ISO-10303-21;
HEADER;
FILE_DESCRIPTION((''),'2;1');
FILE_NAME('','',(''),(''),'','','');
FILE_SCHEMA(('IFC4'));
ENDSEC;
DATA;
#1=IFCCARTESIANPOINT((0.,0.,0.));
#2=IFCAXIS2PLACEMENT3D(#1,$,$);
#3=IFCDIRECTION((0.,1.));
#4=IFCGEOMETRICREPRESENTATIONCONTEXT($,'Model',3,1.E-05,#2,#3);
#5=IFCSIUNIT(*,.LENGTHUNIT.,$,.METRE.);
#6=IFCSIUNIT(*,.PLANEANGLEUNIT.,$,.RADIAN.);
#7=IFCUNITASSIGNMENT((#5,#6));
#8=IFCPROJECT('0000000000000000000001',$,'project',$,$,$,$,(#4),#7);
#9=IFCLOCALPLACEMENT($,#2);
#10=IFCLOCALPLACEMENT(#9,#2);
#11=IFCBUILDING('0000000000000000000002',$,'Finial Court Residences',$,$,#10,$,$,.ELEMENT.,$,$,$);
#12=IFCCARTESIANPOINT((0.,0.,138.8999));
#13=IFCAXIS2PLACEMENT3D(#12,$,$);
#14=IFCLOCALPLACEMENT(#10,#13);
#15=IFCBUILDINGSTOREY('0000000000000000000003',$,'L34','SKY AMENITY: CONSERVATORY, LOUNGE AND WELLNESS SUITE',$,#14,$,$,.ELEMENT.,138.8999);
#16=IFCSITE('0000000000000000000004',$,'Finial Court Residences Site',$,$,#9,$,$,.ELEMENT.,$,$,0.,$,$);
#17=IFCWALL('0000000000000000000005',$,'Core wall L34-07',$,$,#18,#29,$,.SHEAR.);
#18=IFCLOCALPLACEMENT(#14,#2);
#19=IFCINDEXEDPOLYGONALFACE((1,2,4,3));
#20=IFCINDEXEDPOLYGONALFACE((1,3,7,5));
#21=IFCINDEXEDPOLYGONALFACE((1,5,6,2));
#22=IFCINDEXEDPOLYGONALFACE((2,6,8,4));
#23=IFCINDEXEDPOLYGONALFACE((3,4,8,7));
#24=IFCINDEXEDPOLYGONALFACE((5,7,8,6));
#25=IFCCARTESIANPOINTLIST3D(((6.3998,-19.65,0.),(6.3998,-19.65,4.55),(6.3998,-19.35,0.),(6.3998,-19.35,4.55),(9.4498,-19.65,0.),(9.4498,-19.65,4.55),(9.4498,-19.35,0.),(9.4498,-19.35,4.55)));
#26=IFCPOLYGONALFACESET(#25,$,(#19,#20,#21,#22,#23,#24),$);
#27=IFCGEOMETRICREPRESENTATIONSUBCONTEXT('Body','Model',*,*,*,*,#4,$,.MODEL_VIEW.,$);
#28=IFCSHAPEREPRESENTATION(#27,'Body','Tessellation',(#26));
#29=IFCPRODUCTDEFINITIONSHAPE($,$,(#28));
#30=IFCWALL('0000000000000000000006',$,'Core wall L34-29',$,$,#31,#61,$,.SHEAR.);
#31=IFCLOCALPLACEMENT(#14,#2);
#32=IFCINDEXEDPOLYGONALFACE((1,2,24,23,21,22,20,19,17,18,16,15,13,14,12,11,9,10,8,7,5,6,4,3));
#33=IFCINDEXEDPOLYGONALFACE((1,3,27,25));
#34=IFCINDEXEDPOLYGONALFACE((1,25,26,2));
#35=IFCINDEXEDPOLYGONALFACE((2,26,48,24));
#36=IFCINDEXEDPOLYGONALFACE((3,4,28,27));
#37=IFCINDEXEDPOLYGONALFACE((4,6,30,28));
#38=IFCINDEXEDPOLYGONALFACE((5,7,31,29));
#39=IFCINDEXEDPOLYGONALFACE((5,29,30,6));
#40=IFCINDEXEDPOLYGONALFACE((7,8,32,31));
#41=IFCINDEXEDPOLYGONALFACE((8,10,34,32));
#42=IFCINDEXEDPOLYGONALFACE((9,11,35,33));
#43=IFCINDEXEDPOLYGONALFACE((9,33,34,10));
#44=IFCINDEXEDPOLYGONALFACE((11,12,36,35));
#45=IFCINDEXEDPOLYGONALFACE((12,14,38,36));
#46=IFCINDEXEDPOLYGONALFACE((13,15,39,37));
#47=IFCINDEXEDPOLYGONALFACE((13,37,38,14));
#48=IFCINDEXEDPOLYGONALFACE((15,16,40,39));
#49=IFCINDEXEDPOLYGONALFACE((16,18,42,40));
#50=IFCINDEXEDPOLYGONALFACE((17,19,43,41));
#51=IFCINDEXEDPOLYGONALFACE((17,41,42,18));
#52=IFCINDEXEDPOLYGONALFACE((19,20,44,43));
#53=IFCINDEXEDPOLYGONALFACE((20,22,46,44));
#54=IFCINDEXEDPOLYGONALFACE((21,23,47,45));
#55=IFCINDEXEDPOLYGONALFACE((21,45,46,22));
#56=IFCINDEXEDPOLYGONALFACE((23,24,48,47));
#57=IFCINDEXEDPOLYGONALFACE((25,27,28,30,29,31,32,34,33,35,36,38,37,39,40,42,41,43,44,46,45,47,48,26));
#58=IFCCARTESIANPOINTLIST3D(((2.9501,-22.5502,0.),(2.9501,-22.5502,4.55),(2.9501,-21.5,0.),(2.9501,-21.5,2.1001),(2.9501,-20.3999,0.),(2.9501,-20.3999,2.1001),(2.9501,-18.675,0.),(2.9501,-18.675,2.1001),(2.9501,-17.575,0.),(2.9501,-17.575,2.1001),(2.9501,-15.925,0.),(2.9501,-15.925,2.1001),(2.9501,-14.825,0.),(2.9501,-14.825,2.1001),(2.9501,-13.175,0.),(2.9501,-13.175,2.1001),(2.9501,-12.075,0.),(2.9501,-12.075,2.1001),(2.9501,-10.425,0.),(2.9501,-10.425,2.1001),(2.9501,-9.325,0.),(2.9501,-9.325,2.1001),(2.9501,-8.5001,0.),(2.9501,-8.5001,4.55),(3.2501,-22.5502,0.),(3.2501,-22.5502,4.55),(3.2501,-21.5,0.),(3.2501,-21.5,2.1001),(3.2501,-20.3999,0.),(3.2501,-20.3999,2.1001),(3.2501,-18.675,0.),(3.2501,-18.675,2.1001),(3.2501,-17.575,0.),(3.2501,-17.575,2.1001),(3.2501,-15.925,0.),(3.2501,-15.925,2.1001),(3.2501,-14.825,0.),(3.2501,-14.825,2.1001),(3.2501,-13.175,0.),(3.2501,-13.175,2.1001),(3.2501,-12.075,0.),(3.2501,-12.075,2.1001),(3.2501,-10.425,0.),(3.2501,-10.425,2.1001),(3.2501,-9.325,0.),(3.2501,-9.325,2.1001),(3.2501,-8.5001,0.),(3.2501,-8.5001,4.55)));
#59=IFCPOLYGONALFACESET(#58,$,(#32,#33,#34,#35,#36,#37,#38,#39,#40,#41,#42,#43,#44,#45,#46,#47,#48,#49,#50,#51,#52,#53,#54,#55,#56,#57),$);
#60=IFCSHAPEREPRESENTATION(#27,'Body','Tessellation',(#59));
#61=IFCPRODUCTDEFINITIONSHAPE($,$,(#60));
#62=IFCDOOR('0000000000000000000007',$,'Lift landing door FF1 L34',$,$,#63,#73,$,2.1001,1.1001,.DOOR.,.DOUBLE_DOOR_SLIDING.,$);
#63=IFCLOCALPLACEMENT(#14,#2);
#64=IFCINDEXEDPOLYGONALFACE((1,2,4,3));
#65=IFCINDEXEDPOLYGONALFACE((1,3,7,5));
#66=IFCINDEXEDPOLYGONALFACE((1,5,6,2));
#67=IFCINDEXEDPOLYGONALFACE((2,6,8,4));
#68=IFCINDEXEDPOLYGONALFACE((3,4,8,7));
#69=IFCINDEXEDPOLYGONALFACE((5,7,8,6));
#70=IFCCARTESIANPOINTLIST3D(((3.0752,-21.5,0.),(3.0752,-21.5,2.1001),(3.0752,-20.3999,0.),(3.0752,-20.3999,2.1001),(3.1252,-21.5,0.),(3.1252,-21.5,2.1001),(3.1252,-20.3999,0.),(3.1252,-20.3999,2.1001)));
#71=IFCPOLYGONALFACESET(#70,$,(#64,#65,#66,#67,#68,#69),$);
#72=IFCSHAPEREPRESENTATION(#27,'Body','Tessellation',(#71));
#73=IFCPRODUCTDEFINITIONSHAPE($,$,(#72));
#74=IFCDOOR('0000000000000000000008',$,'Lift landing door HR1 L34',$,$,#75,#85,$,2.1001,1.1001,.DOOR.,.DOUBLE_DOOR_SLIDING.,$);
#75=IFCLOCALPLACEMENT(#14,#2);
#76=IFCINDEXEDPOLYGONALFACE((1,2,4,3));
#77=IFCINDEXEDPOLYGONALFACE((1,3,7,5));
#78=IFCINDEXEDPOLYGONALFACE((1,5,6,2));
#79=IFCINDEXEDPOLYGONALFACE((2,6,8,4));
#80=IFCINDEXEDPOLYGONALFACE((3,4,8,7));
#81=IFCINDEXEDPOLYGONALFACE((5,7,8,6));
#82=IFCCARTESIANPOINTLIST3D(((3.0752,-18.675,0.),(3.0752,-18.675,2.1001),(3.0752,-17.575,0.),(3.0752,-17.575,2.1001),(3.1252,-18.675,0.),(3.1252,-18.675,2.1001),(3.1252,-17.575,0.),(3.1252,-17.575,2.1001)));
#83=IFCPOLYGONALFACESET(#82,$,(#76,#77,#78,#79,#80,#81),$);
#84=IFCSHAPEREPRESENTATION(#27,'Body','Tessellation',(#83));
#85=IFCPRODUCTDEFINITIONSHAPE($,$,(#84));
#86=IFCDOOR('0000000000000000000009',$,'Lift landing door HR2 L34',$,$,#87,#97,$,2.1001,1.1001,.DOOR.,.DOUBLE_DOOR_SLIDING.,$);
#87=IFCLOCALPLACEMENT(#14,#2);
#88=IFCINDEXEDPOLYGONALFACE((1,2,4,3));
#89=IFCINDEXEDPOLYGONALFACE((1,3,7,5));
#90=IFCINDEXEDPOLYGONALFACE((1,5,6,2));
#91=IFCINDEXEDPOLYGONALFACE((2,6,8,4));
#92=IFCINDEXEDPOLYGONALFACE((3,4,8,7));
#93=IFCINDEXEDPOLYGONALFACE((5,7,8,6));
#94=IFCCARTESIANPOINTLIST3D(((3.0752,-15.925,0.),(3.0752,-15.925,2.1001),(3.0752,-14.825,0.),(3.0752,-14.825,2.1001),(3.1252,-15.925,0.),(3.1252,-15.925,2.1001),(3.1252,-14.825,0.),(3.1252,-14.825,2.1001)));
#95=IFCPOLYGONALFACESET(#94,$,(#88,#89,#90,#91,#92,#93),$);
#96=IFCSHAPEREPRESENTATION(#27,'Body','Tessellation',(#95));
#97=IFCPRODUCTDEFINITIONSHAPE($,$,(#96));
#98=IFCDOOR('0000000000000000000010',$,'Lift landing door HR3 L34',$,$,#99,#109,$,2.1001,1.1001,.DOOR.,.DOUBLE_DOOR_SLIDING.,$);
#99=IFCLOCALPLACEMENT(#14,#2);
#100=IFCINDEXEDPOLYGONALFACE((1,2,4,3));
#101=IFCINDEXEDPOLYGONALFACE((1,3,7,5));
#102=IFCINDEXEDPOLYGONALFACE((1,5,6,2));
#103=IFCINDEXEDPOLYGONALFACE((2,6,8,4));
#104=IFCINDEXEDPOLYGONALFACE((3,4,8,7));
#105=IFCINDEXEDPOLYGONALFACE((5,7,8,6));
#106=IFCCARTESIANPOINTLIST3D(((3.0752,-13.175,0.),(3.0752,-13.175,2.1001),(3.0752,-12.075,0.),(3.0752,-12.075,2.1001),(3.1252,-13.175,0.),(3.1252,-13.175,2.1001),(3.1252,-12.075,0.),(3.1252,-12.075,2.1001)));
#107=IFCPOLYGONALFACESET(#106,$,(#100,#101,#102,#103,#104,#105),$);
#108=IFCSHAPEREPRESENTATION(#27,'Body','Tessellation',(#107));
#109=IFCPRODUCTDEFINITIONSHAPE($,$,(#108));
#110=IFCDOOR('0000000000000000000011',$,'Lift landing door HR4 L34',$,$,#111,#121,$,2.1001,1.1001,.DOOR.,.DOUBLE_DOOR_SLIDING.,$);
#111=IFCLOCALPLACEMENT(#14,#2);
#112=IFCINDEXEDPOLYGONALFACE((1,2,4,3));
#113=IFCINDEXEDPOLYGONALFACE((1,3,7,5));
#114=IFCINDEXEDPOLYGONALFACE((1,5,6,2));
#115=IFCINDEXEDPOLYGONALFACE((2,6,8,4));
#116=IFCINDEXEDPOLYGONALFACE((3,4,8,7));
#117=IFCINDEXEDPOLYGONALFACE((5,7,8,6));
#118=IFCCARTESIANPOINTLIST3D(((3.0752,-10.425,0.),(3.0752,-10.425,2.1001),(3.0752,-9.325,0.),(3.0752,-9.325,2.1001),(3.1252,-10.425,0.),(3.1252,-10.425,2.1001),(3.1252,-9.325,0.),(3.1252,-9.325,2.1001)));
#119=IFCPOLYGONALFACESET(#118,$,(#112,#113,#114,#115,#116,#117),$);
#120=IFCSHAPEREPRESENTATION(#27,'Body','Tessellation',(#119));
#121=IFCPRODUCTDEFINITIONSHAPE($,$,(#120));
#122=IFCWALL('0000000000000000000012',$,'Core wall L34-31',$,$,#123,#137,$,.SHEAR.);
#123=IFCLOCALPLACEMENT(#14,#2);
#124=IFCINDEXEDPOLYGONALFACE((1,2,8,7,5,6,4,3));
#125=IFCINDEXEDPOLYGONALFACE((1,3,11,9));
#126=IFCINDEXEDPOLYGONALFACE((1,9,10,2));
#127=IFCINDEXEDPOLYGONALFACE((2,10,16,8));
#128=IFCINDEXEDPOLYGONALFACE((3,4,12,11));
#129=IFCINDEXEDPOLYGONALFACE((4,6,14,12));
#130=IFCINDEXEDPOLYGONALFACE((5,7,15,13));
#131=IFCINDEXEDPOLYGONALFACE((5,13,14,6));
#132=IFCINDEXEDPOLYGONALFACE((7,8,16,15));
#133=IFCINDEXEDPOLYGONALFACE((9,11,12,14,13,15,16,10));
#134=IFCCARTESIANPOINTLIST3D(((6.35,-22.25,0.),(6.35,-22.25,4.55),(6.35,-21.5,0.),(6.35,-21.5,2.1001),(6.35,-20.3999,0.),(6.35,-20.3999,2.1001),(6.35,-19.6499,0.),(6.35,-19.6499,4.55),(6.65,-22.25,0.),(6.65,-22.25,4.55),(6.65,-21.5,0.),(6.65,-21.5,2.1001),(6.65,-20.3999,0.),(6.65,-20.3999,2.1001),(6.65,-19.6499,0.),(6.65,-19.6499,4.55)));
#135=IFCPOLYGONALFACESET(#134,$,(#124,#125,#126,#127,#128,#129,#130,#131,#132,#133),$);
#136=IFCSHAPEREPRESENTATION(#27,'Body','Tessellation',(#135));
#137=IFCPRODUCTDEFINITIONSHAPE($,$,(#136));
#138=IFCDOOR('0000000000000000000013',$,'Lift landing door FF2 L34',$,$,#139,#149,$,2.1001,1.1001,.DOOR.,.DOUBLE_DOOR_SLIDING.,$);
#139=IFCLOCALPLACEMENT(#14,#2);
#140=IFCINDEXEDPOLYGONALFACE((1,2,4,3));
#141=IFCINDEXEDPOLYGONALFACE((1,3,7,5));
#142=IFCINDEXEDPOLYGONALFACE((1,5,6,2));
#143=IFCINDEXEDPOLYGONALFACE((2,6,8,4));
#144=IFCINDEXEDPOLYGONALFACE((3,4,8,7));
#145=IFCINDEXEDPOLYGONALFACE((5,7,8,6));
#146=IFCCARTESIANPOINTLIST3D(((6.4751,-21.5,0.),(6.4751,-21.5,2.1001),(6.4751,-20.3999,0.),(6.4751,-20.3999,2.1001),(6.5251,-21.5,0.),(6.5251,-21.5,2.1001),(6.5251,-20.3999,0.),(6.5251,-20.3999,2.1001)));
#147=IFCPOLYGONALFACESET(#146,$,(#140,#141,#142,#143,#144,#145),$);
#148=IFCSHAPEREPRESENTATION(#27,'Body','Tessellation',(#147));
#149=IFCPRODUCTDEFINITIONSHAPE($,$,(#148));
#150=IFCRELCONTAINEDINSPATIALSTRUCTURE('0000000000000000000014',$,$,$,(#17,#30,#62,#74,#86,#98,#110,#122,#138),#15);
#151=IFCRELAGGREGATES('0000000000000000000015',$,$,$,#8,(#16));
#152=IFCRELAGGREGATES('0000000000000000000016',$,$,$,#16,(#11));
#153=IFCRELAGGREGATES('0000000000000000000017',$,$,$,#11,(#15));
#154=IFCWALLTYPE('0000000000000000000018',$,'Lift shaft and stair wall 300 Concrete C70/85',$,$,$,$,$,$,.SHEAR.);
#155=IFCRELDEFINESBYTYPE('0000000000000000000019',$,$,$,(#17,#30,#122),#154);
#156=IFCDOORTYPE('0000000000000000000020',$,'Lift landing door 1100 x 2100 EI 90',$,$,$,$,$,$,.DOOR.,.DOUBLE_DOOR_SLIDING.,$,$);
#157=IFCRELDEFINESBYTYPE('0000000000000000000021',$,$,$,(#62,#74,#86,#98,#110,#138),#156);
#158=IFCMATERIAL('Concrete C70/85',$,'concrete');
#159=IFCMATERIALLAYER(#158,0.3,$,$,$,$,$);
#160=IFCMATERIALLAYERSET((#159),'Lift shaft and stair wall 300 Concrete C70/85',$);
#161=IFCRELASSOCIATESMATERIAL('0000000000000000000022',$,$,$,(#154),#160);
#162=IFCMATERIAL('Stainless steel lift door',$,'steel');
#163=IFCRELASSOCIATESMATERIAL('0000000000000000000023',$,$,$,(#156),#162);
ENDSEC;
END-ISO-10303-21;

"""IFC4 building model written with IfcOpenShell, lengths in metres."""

from ifc_helpers import new_model, si_unit, direction, frame, frame_2d, origin, place, context, subcontext, project, spatial, rectangle, extrude, material, layer, layer_set, type_object, element, fill, save


model = new_model("IFC4")

# Units and contexts
model_context = context("Model", 3, precision=1e-05, world=origin(), true_north=direction((0.0, 1.0)))
body_context = subcontext(model_context, "Body", "Model", "MODEL_VIEW")
ifc_project = project(units=[si_unit("LENGTHUNIT", "METRE"), si_unit("PLANEANGLEUNIT", "RADIAN")], contexts=[model_context])

# Site, building, storey
site_placement = place(None, origin())
site = spatial("IfcSite", under=ifc_project, at=site_placement, Name="Finial Court Residences Site", CompositionType="ELEMENT", RefElevation=0.0)
building_placement = place(site_placement, origin())
building = spatial("IfcBuilding", under=site, at=building_placement, Name="Finial Court Residences", CompositionType="ELEMENT")
storey_placement = place(building_placement, frame((0.0, 0.0, 138.8999)))
storey = spatial("IfcBuildingStorey", under=building, at=storey_placement, Name="L34", Description="SKY AMENITY: CONSERVATORY, LOUNGE AND WELLNESS SUITE", CompositionType="ELEMENT", Elevation=138.8999)

# Shared definitions
ifc_material_1 = material(Name="Concrete C70/85", Category="concrete")

# Wall
ifc_layer_1 = layer(ifc_material_1, 0.3)
ifc_layer_set_1 = layer_set([ifc_layer_1], Name="Lift shaft and stair wall 300 Concrete C70/85")
wall_type_1 = type_object("IfcWallType", Name="Lift shaft and stair wall 300 Concrete C70/85", PredefinedType="SHEAR", material=ifc_layer_set_1)
wall_1_placement = place(storey_placement, frame((6.3999, -19.5, 0.0), z_axis=(0.0, 0.0, 1.0), x_axis=(1.0, 0.0, 0.0)))
element("IfcWall", 1, at=wall_1_placement, inside=storey, type_object=wall_type_1, Name="Core wall L34-07", PredefinedType="SHEAR", context=body_context, shape_type="SweptSolid", body=[
    extrude(rectangle(XDim=3.05, YDim=0.3, at=frame_2d((1.5249, 0.0))), origin(), (0.0, 0.0, 1.0), 4.55),
])

# Wall, openings, doors
wall_2_placement = place(storey_placement, frame((3.1001, -22.55, 0.0), z_axis=(0.0, 0.0, 1.0), x_axis=(0.0, 1.0, 0.0)))
wall_2 = element("IfcWall", 2, at=wall_2_placement, inside=storey, type_object=wall_type_1, Name="Core wall L34-29", PredefinedType="SHEAR", context=body_context, shape_type="SweptSolid", body=[
    extrude(rectangle(XDim=14.05, YDim=0.3, at=frame_2d((7.0249, 0.0))), origin(), (0.0, 0.0, 1.0), 4.55),
])
opening_1_placement = place(wall_2_placement, frame((1.05, 0.0, 0.0)))
opening_1 = element("IfcOpeningElement", 3, at=opening_1_placement, cuts=wall_2, PredefinedType="OPENING", context=body_context, shape_type="SweptSolid", body=[
    extrude(rectangle(XDim=1.1001, YDim=2.1001, at=frame_2d((0.55, 1.05))), frame((0.0, 0.1599, 0.0), z_axis=(0.0, -1.0, 0.0), x_axis=(1.0, 0.0, 0.0)), (0.0, 0.0, 1.0), 0.3201),
])
opening_2_placement = place(wall_2_placement, frame((3.875, 0.0, 0.0)))
opening_2 = element("IfcOpeningElement", 4, at=opening_2_placement, cuts=wall_2, PredefinedType="OPENING", context=body_context, shape_type="SweptSolid", body=[
    extrude(rectangle(XDim=1.1001, YDim=2.1001, at=frame_2d((0.55, 1.05))), frame((0.0, 0.1599, 0.0), z_axis=(0.0, -1.0, 0.0), x_axis=(1.0, 0.0, 0.0)), (0.0, 0.0, 1.0), 0.3201),
])
opening_3_placement = place(wall_2_placement, frame((6.625, 0.0, 0.0)))
opening_3 = element("IfcOpeningElement", 5, at=opening_3_placement, cuts=wall_2, PredefinedType="OPENING", context=body_context, shape_type="SweptSolid", body=[
    extrude(rectangle(XDim=1.1001, YDim=2.1001, at=frame_2d((0.55, 1.05))), frame((0.0, 0.1599, 0.0), z_axis=(0.0, -1.0, 0.0), x_axis=(1.0, 0.0, 0.0)), (0.0, 0.0, 1.0), 0.3201),
])
opening_4_placement = place(wall_2_placement, frame((9.375, 0.0, 0.0)))
opening_4 = element("IfcOpeningElement", 6, at=opening_4_placement, cuts=wall_2, PredefinedType="OPENING", context=body_context, shape_type="SweptSolid", body=[
    extrude(rectangle(XDim=1.1001, YDim=2.1001, at=frame_2d((0.55, 1.05))), frame((0.0, 0.1599, 0.0), z_axis=(0.0, -1.0, 0.0), x_axis=(1.0, 0.0, 0.0)), (0.0, 0.0, 1.0), 0.3201),
])
opening_5_placement = place(wall_2_placement, frame((12.125, 0.0, 0.0)))
opening_5 = element("IfcOpeningElement", 7, at=opening_5_placement, cuts=wall_2, PredefinedType="OPENING", context=body_context, shape_type="SweptSolid", body=[
    extrude(rectangle(XDim=1.1001, YDim=2.1001, at=frame_2d((0.55, 1.05))), frame((0.0, 0.1599, 0.0), z_axis=(0.0, -1.0, 0.0), x_axis=(1.0, 0.0, 0.0)), (0.0, 0.0, 1.0), 0.3201),
])
ifc_material_2 = material(Name="Stainless steel lift door", Category="steel")
door_type_1 = type_object("IfcDoorType", Name="Lift landing door 1100 x 2100 EI 90", OperationType="DOUBLE_DOOR_SLIDING", PredefinedType="DOOR", material=ifc_material_2)
door_1_placement = place(opening_1_placement, origin())
door_1 = element("IfcDoor", 8, at=door_1_placement, inside=storey, type_object=door_type_1, Name="Lift landing door FF1 L34", OperationType="DOUBLE_DOOR_SLIDING", OverallHeight=2.1001, OverallWidth=1.1001, PredefinedType="DOOR", context=body_context, shape_type="SweptSolid", body=[
    extrude(rectangle(XDim=1.1001, YDim=2.1001, at=frame_2d((0.55, 1.05))), frame((0.0, 0.0249, 0.0), z_axis=(0.0, -1.0, 0.0), x_axis=(1.0, 0.0, 0.0)), (0.0, 0.0, 1.0), 0.05),
])
fill(opening_1, door_1)
door_2_placement = place(opening_2_placement, origin())
door_2 = element("IfcDoor", 9, at=door_2_placement, inside=storey, type_object=door_type_1, Name="Lift landing door HR1 L34", OperationType="DOUBLE_DOOR_SLIDING", OverallHeight=2.1001, OverallWidth=1.1001, PredefinedType="DOOR", context=body_context, shape_type="SweptSolid", body=[
    extrude(rectangle(XDim=1.1001, YDim=2.1001, at=frame_2d((0.55, 1.05))), frame((0.0, 0.0249, 0.0), z_axis=(0.0, -1.0, 0.0), x_axis=(1.0, 0.0, 0.0)), (0.0, 0.0, 1.0), 0.05),
])
fill(opening_2, door_2)
door_3_placement = place(opening_3_placement, origin())
door_3 = element("IfcDoor", 10, at=door_3_placement, inside=storey, type_object=door_type_1, Name="Lift landing door HR2 L34", OperationType="DOUBLE_DOOR_SLIDING", OverallHeight=2.1001, OverallWidth=1.1001, PredefinedType="DOOR", context=body_context, shape_type="SweptSolid", body=[
    extrude(rectangle(XDim=1.1001, YDim=2.1001, at=frame_2d((0.55, 1.05))), frame((0.0, 0.0249, 0.0), z_axis=(0.0, -1.0, 0.0), x_axis=(1.0, 0.0, 0.0)), (0.0, 0.0, 1.0), 0.05),
])
fill(opening_3, door_3)
door_4_placement = place(opening_4_placement, origin())
door_4 = element("IfcDoor", 11, at=door_4_placement, inside=storey, type_object=door_type_1, Name="Lift landing door HR3 L34", OperationType="DOUBLE_DOOR_SLIDING", OverallHeight=2.1001, OverallWidth=1.1001, PredefinedType="DOOR", context=body_context, shape_type="SweptSolid", body=[
    extrude(rectangle(XDim=1.1001, YDim=2.1001, at=frame_2d((0.55, 1.05))), frame((0.0, 0.0249, 0.0), z_axis=(0.0, -1.0, 0.0), x_axis=(1.0, 0.0, 0.0)), (0.0, 0.0, 1.0), 0.05),
])
fill(opening_4, door_4)
door_5_placement = place(opening_5_placement, origin())
door_5 = element("IfcDoor", 12, at=door_5_placement, inside=storey, type_object=door_type_1, Name="Lift landing door HR4 L34", OperationType="DOUBLE_DOOR_SLIDING", OverallHeight=2.1001, OverallWidth=1.1001, PredefinedType="DOOR", context=body_context, shape_type="SweptSolid", body=[
    extrude(rectangle(XDim=1.1001, YDim=2.1001, at=frame_2d((0.55, 1.05))), frame((0.0, 0.0249, 0.0), z_axis=(0.0, -1.0, 0.0), x_axis=(1.0, 0.0, 0.0)), (0.0, 0.0, 1.0), 0.05),
])
fill(opening_5, door_5)

# Wall, opening, door
wall_3_placement = place(storey_placement, frame((6.5, -22.25, 0.0), z_axis=(0.0, 0.0, 1.0), x_axis=(0.0, 1.0, 0.0)))
wall_3 = element("IfcWall", 13, at=wall_3_placement, inside=storey, type_object=wall_type_1, Name="Core wall L34-31", PredefinedType="SHEAR", context=body_context, shape_type="SweptSolid", body=[
    extrude(rectangle(XDim=2.6001, YDim=0.3, at=frame_2d((1.3, 0.0))), origin(), (0.0, 0.0, 1.0), 4.55),
])
opening_6_placement = place(wall_3_placement, frame((0.75, 0.0, 0.0)))
opening_6 = element("IfcOpeningElement", 14, at=opening_6_placement, cuts=wall_3, PredefinedType="OPENING", context=body_context, shape_type="SweptSolid", body=[
    extrude(rectangle(XDim=1.1001, YDim=2.1001, at=frame_2d((0.55, 1.05))), frame((0.0, 0.1599, 0.0), z_axis=(0.0, -1.0, 0.0), x_axis=(1.0, 0.0, 0.0)), (0.0, 0.0, 1.0), 0.3201),
])
door_6_placement = place(opening_6_placement, origin())
door_6 = element("IfcDoor", 15, at=door_6_placement, inside=storey, type_object=door_type_1, Name="Lift landing door FF2 L34", OperationType="DOUBLE_DOOR_SLIDING", OverallHeight=2.1001, OverallWidth=1.1001, PredefinedType="DOOR", context=body_context, shape_type="SweptSolid", body=[
    extrude(rectangle(XDim=1.1001, YDim=2.1001, at=frame_2d((0.55, 1.05))), frame((0.0, 0.0249, 0.0), z_axis=(0.0, -1.0, 0.0), x_axis=(1.0, 0.0, 0.0)), (0.0, 0.0, 1.0), 0.05),
])
fill(opening_6, door_6)

save(model, "model.ifc")
